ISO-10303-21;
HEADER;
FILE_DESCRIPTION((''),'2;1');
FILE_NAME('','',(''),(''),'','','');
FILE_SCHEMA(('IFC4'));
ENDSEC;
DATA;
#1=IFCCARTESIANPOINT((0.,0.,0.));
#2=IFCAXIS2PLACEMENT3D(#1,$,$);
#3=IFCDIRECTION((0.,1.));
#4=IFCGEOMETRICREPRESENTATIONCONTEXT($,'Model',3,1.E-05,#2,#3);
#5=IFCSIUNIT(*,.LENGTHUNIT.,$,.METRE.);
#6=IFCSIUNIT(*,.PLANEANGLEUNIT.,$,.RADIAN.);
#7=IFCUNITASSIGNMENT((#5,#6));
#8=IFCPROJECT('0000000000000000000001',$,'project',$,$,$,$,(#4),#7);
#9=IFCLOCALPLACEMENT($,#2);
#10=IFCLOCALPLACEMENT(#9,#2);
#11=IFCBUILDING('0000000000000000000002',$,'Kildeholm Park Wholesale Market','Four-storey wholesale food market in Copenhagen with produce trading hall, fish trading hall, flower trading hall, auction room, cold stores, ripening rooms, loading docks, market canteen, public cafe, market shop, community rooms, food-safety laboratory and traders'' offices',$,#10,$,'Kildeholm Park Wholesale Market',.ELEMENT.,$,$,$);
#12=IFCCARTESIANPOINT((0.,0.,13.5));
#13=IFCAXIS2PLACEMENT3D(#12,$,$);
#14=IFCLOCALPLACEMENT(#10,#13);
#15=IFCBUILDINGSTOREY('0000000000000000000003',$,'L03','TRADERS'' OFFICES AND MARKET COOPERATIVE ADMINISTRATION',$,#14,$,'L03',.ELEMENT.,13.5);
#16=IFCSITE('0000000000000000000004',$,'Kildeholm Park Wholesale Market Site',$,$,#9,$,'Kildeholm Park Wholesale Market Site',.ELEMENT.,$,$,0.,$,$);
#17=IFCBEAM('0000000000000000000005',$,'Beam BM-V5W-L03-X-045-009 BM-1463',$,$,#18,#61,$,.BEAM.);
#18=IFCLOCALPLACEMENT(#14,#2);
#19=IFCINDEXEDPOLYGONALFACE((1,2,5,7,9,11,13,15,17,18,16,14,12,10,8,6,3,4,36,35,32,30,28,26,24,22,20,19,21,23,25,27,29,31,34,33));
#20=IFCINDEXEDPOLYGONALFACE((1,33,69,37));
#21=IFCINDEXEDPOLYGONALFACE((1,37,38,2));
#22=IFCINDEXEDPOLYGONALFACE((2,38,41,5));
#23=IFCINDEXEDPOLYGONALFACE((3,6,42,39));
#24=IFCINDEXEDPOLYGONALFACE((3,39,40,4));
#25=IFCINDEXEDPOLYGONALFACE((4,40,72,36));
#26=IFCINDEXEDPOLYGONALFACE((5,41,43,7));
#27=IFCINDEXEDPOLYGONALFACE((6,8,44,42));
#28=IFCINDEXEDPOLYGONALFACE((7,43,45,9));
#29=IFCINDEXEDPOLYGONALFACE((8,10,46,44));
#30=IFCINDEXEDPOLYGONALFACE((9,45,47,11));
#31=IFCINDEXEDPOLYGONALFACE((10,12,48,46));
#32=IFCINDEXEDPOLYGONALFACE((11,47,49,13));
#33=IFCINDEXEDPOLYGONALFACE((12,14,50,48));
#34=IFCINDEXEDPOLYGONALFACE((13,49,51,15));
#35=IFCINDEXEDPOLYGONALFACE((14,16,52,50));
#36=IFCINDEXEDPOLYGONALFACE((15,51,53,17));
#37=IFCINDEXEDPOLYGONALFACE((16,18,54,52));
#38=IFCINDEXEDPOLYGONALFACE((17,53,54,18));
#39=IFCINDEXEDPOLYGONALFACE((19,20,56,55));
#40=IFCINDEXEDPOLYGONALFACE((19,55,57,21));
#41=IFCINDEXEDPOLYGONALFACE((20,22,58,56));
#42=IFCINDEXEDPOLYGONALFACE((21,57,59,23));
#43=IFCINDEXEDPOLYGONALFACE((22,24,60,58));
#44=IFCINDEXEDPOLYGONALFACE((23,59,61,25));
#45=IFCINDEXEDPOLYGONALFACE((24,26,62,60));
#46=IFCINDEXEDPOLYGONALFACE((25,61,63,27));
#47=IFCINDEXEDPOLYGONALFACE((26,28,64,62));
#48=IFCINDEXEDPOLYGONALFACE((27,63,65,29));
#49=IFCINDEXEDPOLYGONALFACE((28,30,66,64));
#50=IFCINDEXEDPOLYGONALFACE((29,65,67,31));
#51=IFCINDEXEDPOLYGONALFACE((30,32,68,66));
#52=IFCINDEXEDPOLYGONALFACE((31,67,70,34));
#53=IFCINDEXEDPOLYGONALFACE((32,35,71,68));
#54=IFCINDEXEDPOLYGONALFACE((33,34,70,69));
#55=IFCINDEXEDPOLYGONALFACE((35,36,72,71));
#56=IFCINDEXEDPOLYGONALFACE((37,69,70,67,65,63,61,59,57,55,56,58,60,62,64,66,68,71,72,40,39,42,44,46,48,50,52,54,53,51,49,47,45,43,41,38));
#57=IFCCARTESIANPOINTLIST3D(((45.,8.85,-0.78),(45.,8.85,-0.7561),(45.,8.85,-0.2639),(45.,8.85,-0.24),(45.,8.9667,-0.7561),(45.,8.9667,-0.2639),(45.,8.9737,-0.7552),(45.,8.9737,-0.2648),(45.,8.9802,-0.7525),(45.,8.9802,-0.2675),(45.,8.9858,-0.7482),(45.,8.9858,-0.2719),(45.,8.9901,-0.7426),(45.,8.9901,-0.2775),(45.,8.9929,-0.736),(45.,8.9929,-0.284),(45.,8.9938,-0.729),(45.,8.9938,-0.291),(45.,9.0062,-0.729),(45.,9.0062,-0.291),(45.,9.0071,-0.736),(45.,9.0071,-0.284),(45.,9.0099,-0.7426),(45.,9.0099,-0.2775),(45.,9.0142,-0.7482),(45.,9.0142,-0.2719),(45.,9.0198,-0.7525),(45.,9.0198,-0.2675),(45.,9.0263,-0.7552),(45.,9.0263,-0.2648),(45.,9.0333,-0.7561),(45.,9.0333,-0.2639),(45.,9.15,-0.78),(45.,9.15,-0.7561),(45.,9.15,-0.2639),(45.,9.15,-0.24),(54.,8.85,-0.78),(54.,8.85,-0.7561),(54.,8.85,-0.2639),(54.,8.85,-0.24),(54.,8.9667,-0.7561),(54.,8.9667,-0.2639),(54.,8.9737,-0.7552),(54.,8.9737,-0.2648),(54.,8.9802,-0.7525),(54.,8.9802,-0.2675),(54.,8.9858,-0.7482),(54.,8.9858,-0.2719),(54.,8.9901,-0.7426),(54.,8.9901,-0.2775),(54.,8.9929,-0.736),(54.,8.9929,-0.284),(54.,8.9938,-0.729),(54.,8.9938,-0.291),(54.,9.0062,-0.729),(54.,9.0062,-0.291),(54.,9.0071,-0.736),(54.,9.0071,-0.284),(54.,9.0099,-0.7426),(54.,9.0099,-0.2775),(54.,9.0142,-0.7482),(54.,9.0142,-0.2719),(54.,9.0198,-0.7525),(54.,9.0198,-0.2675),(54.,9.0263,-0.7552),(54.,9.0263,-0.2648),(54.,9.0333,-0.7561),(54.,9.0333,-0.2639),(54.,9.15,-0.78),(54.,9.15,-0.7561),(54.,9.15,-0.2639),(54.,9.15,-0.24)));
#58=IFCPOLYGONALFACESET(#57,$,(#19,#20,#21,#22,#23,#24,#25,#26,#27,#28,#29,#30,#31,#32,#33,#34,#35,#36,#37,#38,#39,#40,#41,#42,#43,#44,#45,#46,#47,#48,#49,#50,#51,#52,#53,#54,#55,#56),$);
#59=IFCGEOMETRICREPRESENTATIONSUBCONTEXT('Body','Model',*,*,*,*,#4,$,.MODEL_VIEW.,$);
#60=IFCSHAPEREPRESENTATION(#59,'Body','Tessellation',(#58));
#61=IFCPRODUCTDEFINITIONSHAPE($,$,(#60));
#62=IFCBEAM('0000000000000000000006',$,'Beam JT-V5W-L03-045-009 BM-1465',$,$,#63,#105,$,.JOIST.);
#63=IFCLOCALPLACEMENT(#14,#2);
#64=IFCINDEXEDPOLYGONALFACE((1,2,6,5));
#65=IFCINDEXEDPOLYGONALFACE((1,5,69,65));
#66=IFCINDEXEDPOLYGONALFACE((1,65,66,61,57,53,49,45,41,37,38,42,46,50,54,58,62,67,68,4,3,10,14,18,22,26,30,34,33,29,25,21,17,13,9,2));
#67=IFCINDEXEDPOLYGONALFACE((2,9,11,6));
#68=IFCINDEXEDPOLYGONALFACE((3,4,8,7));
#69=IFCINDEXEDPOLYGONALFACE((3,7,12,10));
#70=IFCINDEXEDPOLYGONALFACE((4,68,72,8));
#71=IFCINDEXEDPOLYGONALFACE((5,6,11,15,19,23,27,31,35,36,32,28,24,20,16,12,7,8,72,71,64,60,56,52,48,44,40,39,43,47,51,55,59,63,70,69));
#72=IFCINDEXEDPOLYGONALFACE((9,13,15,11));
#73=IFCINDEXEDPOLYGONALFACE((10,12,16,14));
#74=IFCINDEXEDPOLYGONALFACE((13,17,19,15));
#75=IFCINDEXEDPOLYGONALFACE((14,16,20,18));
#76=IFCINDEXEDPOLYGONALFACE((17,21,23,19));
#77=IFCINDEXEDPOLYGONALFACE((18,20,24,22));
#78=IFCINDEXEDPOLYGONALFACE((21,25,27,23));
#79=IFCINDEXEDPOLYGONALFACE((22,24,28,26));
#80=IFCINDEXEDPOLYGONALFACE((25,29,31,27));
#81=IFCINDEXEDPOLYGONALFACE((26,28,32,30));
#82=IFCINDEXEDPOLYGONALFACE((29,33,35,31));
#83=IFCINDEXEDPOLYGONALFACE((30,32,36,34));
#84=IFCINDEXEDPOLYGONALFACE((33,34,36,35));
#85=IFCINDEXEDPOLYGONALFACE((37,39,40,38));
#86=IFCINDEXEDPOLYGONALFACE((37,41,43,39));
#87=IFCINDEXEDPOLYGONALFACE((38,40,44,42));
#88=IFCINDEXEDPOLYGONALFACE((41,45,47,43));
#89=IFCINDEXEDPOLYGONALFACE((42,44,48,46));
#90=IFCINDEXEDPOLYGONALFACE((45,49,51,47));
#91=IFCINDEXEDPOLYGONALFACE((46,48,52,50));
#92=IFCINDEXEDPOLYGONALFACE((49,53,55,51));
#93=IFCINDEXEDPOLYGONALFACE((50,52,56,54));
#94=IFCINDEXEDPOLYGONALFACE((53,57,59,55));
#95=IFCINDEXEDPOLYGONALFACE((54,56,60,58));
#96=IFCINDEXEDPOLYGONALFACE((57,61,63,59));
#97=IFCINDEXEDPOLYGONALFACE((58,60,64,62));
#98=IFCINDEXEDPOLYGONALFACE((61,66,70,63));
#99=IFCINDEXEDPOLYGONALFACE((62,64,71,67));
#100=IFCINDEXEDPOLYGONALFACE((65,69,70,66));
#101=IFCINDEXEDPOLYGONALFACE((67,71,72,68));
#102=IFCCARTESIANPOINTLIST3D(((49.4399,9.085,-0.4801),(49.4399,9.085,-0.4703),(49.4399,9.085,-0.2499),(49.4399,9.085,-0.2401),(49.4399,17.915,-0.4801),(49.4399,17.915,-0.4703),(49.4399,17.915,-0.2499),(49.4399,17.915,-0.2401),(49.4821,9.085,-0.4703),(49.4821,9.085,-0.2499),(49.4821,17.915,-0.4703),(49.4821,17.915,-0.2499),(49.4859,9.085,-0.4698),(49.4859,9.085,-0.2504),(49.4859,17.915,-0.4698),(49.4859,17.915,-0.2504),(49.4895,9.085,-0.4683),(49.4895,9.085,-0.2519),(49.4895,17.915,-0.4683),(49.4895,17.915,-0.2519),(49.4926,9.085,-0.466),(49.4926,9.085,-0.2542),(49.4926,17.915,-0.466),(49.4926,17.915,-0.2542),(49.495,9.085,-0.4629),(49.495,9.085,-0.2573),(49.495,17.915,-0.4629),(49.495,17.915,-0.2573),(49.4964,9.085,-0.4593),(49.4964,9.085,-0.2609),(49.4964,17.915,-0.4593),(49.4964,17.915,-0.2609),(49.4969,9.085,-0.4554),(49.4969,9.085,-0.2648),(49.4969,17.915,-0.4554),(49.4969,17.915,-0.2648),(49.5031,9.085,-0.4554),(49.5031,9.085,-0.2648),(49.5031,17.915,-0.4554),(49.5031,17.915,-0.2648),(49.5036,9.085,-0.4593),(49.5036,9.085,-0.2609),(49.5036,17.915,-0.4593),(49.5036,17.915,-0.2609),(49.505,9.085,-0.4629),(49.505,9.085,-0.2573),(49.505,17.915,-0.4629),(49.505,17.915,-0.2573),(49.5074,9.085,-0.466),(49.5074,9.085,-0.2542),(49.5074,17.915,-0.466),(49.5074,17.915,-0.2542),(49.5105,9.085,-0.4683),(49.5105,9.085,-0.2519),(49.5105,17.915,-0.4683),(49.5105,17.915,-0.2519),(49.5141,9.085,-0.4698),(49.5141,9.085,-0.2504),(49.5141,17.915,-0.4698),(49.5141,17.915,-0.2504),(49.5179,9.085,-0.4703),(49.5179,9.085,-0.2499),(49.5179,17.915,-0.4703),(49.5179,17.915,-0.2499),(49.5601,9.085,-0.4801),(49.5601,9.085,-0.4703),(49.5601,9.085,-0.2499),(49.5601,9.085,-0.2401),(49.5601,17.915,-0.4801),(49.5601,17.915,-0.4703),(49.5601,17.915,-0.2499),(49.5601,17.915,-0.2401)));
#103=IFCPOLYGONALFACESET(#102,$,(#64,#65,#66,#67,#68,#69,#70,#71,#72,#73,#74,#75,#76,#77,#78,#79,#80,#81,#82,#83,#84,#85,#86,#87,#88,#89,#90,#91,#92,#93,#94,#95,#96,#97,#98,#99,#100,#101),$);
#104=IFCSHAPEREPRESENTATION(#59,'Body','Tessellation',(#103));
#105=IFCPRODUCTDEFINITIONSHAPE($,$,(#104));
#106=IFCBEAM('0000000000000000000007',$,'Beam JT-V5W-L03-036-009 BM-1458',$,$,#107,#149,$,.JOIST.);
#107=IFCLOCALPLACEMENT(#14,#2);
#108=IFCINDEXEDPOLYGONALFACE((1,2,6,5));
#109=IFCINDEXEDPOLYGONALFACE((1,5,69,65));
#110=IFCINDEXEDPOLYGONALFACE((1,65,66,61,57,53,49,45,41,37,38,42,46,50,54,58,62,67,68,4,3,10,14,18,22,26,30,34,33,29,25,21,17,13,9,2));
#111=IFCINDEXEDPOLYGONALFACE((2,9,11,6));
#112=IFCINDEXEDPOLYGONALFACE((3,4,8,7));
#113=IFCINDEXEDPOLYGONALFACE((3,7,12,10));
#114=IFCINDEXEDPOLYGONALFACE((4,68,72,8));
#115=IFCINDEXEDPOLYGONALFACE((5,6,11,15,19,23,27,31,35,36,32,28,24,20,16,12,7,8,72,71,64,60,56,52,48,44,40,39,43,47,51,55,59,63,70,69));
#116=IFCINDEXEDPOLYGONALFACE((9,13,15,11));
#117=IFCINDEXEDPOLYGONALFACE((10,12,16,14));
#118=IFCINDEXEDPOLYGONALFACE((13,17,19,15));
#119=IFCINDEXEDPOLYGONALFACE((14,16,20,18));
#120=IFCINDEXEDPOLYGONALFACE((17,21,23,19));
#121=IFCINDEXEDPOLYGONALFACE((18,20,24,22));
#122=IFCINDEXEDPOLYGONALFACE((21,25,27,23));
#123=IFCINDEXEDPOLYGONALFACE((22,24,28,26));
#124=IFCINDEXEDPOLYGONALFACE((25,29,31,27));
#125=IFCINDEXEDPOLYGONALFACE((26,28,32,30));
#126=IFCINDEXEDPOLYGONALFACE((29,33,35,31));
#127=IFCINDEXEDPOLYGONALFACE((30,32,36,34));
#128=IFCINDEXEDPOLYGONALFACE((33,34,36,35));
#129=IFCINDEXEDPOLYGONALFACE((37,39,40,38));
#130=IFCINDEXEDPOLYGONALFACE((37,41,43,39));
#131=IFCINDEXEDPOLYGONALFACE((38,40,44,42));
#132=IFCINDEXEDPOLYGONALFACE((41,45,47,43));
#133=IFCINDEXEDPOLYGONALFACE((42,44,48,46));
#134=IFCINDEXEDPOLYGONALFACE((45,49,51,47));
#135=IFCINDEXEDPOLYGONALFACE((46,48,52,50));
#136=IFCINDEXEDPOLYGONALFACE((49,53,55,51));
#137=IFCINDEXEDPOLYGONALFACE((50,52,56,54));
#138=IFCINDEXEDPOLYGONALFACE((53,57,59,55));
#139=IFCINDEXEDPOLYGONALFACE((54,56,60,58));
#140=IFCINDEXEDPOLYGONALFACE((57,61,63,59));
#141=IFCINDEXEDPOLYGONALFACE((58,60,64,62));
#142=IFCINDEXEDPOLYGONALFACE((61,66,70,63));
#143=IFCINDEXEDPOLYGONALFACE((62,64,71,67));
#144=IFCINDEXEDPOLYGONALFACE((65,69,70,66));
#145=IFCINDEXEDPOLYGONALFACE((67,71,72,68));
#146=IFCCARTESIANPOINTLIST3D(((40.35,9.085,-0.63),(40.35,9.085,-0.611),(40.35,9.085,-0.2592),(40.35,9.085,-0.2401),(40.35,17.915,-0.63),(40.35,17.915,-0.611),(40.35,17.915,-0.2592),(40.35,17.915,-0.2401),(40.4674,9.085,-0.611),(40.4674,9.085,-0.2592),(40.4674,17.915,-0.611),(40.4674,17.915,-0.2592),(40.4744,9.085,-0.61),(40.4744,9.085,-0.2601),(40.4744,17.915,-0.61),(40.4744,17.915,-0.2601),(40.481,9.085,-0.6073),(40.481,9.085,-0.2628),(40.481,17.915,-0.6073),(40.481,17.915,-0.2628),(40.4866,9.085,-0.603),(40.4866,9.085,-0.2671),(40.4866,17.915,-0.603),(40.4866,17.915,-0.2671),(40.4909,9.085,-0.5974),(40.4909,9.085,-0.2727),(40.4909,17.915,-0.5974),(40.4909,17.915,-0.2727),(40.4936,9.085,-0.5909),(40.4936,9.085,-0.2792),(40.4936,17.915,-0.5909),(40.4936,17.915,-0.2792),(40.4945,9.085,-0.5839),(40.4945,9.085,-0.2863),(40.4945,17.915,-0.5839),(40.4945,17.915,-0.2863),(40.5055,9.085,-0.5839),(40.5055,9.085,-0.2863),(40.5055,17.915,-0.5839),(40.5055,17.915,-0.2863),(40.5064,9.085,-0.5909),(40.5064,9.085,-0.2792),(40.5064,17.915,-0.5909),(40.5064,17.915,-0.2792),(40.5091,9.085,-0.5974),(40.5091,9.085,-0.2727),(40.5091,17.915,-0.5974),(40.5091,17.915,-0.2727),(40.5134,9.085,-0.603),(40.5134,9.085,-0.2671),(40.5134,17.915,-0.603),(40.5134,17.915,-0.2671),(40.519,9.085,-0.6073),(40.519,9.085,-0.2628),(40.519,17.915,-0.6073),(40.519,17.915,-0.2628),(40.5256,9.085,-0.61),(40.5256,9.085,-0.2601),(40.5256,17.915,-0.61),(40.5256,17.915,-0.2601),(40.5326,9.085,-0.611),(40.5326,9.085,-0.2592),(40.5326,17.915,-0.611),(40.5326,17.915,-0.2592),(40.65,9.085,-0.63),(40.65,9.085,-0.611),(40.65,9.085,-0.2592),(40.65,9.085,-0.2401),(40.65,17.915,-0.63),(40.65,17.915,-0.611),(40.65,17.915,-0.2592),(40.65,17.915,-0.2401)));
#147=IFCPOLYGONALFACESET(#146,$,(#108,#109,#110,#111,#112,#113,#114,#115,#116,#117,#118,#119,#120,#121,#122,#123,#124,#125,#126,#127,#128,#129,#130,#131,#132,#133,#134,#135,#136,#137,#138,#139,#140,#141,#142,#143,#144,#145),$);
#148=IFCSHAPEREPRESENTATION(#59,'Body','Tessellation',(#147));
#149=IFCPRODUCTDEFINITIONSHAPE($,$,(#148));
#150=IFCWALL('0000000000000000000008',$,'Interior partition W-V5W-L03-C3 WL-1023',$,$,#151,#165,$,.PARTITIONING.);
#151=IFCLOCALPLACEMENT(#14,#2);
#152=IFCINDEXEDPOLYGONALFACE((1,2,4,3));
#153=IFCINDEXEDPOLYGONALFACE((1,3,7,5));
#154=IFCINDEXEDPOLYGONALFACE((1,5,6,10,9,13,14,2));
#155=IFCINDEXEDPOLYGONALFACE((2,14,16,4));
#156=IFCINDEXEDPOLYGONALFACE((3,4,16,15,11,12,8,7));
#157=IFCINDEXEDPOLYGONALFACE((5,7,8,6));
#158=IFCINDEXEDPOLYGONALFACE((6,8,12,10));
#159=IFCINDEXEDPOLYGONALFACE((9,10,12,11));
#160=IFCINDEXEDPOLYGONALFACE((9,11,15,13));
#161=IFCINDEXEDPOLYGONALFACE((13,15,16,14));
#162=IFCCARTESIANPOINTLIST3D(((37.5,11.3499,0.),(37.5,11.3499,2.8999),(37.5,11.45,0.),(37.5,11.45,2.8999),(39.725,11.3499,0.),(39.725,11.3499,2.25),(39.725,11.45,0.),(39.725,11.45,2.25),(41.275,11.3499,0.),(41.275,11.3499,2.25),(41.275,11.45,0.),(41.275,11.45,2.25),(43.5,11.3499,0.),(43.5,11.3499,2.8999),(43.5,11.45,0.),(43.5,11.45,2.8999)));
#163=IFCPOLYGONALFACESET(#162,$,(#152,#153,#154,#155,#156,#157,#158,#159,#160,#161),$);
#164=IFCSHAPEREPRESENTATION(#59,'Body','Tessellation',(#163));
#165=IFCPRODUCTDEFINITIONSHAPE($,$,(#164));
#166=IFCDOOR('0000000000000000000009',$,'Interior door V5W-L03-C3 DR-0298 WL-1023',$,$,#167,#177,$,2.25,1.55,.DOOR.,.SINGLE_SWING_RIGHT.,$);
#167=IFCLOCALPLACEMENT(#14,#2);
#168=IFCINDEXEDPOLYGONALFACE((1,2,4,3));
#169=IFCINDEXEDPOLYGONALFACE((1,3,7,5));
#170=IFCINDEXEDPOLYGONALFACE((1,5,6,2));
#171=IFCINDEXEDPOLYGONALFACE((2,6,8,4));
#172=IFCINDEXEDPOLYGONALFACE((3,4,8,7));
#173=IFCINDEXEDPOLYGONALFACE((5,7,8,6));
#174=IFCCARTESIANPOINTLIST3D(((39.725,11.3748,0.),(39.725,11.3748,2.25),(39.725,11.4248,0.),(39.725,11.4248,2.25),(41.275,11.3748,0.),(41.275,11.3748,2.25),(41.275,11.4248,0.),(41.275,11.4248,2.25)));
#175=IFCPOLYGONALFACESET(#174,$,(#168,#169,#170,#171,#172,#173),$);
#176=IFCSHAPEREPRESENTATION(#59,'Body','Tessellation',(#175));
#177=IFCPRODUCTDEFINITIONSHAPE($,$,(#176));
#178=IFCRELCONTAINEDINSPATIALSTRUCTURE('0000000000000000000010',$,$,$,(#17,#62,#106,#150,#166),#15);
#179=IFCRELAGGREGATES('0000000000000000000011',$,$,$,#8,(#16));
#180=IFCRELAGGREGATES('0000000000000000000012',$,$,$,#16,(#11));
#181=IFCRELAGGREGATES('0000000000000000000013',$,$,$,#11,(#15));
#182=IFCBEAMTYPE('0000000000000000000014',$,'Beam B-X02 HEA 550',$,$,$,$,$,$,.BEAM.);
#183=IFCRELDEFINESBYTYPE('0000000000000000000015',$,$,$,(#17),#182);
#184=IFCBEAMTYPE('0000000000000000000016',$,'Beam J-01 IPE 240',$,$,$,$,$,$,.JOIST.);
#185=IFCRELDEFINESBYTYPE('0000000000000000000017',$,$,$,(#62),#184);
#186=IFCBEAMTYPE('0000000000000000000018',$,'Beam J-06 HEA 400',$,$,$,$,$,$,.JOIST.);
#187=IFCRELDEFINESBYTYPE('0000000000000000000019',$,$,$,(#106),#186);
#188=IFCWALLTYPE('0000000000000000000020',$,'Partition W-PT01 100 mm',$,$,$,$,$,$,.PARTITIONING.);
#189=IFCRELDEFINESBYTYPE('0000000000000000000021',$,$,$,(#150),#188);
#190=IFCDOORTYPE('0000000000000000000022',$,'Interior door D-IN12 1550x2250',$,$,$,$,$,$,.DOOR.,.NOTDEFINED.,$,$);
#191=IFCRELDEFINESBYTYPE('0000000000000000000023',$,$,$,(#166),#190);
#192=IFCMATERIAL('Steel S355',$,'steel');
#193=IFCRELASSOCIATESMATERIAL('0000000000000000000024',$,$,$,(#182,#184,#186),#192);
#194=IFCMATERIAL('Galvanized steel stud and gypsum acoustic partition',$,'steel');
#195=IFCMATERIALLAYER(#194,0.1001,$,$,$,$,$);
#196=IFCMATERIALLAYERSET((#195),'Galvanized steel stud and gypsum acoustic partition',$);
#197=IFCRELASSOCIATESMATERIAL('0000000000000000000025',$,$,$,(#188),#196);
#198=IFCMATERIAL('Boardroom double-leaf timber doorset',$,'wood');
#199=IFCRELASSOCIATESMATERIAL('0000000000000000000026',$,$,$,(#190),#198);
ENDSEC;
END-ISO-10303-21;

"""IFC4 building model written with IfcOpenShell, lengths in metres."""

from ifc_helpers import new_model, si_unit, direction, frame, frame_2d, origin, origin_2d, place, context, subcontext, project, spatial, rectangle, i_section, extrude, material, layer, layer_set, material_profile, profile_set, type_object, element, fill, save


model = new_model("IFC4")

# Units and contexts
model_context = context("Model", 3, precision=1e-05, world=origin(), true_north=direction((0.0, 1.0)))
body_context = subcontext(model_context, "Body", "Model", "MODEL_VIEW")
ifc_project = project(units=[si_unit("LENGTHUNIT", "METRE"), si_unit("PLANEANGLEUNIT", "RADIAN")], contexts=[model_context])

# Site, building, storey
site_placement = place(None, origin())
site = spatial("IfcSite", under=ifc_project, at=site_placement, Name="Kildeholm Park Wholesale Market Site", LongName="Kildeholm Park Wholesale Market Site", CompositionType="ELEMENT", RefElevation=0.0)
building_placement = place(site_placement, origin())
building = spatial("IfcBuilding", under=site, at=building_placement, Name="Kildeholm Park Wholesale Market", Description="Four-storey wholesale food market in Copenhagen with produce trading hall, fish trading hall, flower trading hall, auction room, cold stores, ripening rooms, loading docks, market canteen, public cafe, market shop, community rooms, food-safety laboratory and traders' offices", LongName="Kildeholm Park Wholesale Market", CompositionType="ELEMENT")
storey_placement = place(building_placement, frame((0.0, 0.0, 13.5)))
storey = spatial("IfcBuildingStorey", under=building, at=storey_placement, Name="L03", Description="TRADERS' OFFICES AND MARKET COOPERATIVE ADMINISTRATION", LongName="L03", CompositionType="ELEMENT", Elevation=13.5)

# Shared definitions
ifc_material_1 = material(Name="Steel S355", Category="steel")

# Beams
ifc_material_profile_1 = material_profile(ifc_material_1, i_section(OverallWidth=0.3, OverallDepth=0.54, WebThickness=0.0125, FlangeThickness=0.0239, FilletRadius=0.0271, at=origin_2d()), Name="HEA 550")
ifc_profile_set_1 = profile_set([ifc_material_profile_1], Name="Steel S355")
beam_type_1 = type_object("IfcBeamType", Name="Beam B-X02 HEA 550", PredefinedType="BEAM", material=ifc_profile_set_1)
beam_1_placement = place(storey_placement, frame((45.0, 9.0, -0.51), z_axis=(1.0, 0.0, 0.0), x_axis=(0.0, 1.0, 0.0)))
element("IfcBeam", 1, at=beam_1_placement, inside=storey, type_object=beam_type_1, Name="Beam BM-V5W-L03-X-045-009 BM-1463", PredefinedType="BEAM", context=body_context, shape_type="SweptSolid", body=[
    extrude(i_section(OverallWidth=0.3, OverallDepth=0.54, WebThickness=0.0125, FlangeThickness=0.0239, FilletRadius=0.0271, at=origin_2d()), origin(), (0.0, 0.0, 1.0), 9.0),
])
ifc_material_profile_2 = material_profile(ifc_material_1, i_section(OverallWidth=0.1201, OverallDepth=0.24, WebThickness=0.0061, FlangeThickness=0.0098, FilletRadius=0.0149, at=origin_2d()), Name="IPE 240")
ifc_profile_set_2 = profile_set([ifc_material_profile_2], Name="Steel S355")
beam_type_2 = type_object("IfcBeamType", Name="Beam J-01 IPE 240", PredefinedType="JOIST", material=ifc_profile_set_2)
beam_2_placement = place(storey_placement, frame((49.5, 9.085, -0.3601), z_axis=(0.0, 1.0, 0.0), x_axis=(-1.0, 0.0, 0.0)))
element("IfcBeam", 2, at=beam_2_placement, inside=storey, type_object=beam_type_2, Name="Beam JT-V5W-L03-045-009 BM-1465", PredefinedType="JOIST", context=body_context, shape_type="SweptSolid", body=[
    extrude(i_section(OverallWidth=0.1201, OverallDepth=0.24, WebThickness=0.0061, FlangeThickness=0.0098, FilletRadius=0.0149, at=origin_2d()), origin(), (0.0, 0.0, 1.0), 8.8301),
])
ifc_material_profile_3 = material_profile(ifc_material_1, i_section(OverallWidth=0.3, OverallDepth=0.3899, WebThickness=0.011, FlangeThickness=0.019, FilletRadius=0.0271, at=origin_2d()), Name="HEA 400")
ifc_profile_set_3 = profile_set([ifc_material_profile_3], Name="Steel S355")
beam_type_3 = type_object("IfcBeamType", Name="Beam J-06 HEA 400", PredefinedType="JOIST", material=ifc_profile_set_3)
beam_3_placement = place(storey_placement, frame((40.5, 9.085, -0.4351), z_axis=(0.0, 1.0, 0.0), x_axis=(-1.0, 0.0, 0.0)))
element("IfcBeam", 3, at=beam_3_placement, inside=storey, type_object=beam_type_3, Name="Beam JT-V5W-L03-036-009 BM-1458", PredefinedType="JOIST", context=body_context, shape_type="SweptSolid", body=[
    extrude(i_section(OverallWidth=0.3, OverallDepth=0.3899, WebThickness=0.011, FlangeThickness=0.019, FilletRadius=0.0271, at=origin_2d()), origin(), (0.0, 0.0, 1.0), 8.8301),
])

# Wall, opening, door
ifc_material_2 = material(Name="Galvanized steel stud and gypsum acoustic partition", Category="steel")
ifc_layer_1 = layer(ifc_material_2, 0.1001)
ifc_layer_set_1 = layer_set([ifc_layer_1], Name="Galvanized steel stud and gypsum acoustic partition")
wall_type_1 = type_object("IfcWallType", Name="Partition W-PT01 100 mm", PredefinedType="PARTITIONING", material=ifc_layer_set_1)
wall_1_placement = place(storey_placement, frame((37.5, 11.3999, 0.0), z_axis=(0.0, 0.0, 1.0), x_axis=(1.0, 0.0, 0.0)))
wall_1 = element("IfcWall", 4, at=wall_1_placement, inside=storey, type_object=wall_type_1, Name="Interior partition W-V5W-L03-C3 WL-1023", PredefinedType="PARTITIONING", context=body_context, shape_type="SweptSolid", body=[
    extrude(rectangle(XDim=6.0, YDim=0.1001, at=frame_2d((3.0, 0.0))), origin(), (0.0, 0.0, 1.0), 2.8999),
])
opening_1_placement = place(wall_1_placement, frame((2.2251, 0.0, 0.0)))
opening_1 = element("IfcOpeningElement", 5, at=opening_1_placement, cuts=wall_1, PredefinedType="OPENING", context=body_context, shape_type="SweptSolid", body=[
    extrude(rectangle(XDim=1.55, YDim=2.25, at=frame_2d((0.7749, 1.125))), frame((0.0, 0.0601, 0.0), z_axis=(0.0, -1.0, 0.0), x_axis=(1.0, 0.0, 0.0)), (0.0, 0.0, 1.0), 0.1201),
])
ifc_material_3 = material(Name="Boardroom double-leaf timber doorset", Category="wood")
door_type_1 = type_object("IfcDoorType", Name="Interior door D-IN12 1550x2250", OperationType="NOTDEFINED", PredefinedType="DOOR", material=ifc_material_3)
door_1_placement = place(opening_1_placement, origin())
door_1 = element("IfcDoor", 6, at=door_1_placement, inside=storey, type_object=door_type_1, Name="Interior door V5W-L03-C3 DR-0298 WL-1023", OperationType="SINGLE_SWING_RIGHT", OverallHeight=2.25, OverallWidth=1.55, PredefinedType="DOOR", context=body_context, shape_type="SweptSolid", body=[
    extrude(rectangle(XDim=1.55, YDim=2.25, at=frame_2d((0.7749, 1.125))), frame((0.0, 0.0249, 0.0), z_axis=(0.0, -1.0, 0.0), x_axis=(1.0, 0.0, 0.0)), (0.0, 0.0, 1.0), 0.05),
])
fill(opening_1, door_1)

save(model, "model.ifc")
